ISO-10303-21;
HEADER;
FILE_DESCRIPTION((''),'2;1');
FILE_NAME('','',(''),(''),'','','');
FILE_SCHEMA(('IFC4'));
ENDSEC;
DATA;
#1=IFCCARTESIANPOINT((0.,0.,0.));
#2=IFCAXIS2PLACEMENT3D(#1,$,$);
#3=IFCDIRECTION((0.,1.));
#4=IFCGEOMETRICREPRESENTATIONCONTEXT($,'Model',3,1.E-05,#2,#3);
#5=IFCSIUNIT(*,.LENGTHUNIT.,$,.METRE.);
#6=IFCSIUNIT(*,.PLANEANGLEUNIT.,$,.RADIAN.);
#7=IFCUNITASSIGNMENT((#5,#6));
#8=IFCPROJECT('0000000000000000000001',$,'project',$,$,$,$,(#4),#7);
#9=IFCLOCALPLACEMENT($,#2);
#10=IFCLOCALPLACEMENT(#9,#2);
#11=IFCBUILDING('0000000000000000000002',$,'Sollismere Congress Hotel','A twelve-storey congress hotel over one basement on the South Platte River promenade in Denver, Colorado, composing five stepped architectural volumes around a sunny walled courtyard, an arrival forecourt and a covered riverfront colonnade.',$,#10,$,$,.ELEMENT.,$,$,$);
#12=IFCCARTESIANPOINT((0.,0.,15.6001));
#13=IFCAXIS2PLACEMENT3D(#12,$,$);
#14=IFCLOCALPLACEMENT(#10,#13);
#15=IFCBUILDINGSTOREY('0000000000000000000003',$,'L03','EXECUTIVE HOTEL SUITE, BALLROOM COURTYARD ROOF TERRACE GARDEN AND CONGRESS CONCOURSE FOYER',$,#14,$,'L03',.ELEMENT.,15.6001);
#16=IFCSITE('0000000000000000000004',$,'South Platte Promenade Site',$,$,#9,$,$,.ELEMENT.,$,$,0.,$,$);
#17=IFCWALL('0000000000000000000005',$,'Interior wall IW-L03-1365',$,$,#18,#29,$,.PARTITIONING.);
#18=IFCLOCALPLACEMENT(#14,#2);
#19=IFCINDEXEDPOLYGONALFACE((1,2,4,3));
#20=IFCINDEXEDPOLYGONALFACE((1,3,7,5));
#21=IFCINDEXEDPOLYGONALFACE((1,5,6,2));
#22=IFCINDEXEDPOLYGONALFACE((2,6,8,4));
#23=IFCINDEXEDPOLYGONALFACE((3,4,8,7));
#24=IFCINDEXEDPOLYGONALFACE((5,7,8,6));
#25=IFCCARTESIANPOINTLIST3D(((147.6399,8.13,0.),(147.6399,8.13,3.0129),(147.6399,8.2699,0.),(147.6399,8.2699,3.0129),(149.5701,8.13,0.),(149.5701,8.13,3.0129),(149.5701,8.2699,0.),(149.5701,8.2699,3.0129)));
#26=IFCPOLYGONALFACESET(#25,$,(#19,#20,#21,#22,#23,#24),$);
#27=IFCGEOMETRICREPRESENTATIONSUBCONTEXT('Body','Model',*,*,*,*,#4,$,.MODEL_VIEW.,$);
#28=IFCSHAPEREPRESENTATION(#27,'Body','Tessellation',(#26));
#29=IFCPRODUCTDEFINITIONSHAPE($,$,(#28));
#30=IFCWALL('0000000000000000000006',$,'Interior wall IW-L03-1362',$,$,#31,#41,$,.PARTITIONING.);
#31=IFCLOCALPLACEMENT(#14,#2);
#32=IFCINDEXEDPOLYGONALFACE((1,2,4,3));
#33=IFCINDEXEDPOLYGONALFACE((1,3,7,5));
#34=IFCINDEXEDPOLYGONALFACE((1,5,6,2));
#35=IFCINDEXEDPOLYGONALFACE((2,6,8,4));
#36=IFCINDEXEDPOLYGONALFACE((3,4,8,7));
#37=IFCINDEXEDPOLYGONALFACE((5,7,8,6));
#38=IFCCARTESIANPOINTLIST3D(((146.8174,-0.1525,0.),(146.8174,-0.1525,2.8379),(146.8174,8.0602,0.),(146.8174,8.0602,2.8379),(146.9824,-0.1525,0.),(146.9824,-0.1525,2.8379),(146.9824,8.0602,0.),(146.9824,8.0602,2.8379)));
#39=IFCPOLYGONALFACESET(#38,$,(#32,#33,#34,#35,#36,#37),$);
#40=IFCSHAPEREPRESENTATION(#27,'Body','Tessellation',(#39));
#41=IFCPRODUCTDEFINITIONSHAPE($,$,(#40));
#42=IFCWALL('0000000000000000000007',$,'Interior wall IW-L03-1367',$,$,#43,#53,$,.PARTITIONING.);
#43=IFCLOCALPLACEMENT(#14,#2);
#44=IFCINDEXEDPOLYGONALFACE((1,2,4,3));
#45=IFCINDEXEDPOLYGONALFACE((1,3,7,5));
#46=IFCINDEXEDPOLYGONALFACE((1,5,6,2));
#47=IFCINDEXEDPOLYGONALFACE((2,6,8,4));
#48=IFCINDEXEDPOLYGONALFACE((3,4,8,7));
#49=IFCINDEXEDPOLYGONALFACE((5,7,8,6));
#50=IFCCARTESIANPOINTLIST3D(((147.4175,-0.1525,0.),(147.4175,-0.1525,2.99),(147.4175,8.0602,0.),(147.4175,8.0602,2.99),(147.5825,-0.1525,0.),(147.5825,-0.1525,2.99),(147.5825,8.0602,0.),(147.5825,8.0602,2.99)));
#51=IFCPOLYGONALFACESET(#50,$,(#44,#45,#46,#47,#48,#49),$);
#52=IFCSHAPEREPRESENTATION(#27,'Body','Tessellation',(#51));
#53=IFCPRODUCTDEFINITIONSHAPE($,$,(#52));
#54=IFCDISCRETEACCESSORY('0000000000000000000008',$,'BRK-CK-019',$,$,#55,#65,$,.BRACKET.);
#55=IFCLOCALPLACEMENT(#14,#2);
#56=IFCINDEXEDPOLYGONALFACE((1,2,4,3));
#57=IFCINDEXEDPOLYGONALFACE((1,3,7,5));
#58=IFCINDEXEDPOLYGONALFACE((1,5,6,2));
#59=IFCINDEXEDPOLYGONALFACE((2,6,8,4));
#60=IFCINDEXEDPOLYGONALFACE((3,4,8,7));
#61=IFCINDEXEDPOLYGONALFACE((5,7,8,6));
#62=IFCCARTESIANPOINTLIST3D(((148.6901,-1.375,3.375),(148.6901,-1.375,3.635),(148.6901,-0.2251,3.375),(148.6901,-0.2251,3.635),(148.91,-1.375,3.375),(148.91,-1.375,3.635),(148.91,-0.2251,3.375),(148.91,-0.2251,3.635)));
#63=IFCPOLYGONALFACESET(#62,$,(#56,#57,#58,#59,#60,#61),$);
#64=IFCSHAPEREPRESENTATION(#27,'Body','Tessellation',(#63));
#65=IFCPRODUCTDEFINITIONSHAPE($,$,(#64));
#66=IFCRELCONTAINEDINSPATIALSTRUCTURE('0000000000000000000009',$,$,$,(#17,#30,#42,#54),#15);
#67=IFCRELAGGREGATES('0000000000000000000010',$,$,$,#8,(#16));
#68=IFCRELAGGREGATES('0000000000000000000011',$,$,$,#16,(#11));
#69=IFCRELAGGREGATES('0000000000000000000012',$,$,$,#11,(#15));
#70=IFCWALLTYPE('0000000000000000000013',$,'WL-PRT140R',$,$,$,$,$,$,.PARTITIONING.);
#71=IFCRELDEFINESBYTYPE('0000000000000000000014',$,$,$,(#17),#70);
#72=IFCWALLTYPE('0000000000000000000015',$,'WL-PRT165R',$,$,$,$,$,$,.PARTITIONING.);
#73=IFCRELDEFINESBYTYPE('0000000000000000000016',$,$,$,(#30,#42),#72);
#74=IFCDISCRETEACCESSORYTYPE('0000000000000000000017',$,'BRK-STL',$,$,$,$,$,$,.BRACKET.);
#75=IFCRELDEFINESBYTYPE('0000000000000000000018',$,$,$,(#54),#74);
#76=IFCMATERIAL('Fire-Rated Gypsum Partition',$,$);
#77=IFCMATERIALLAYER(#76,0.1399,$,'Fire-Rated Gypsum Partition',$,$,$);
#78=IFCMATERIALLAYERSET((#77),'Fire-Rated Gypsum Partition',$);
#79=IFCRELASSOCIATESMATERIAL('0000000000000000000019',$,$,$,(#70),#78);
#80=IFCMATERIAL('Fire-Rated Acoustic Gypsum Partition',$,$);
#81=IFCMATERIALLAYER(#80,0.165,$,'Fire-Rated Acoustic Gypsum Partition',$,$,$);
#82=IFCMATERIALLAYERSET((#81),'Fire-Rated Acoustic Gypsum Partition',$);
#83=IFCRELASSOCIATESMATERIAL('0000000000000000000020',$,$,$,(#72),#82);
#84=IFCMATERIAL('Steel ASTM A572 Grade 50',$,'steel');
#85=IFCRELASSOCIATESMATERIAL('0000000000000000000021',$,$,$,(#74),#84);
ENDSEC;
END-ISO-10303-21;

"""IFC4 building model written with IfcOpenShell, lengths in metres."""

from ifc_helpers import new_model, si_unit, direction, frame, frame_2d, origin, origin_2d, place, context, subcontext, project, spatial, rectangle, extrude, material, layer, layer_set, type_object, element, save


model = new_model("IFC4")

# Units and contexts
model_context = context("Model", 3, precision=1e-05, world=origin(), true_north=direction((0.0, 1.0)))
body_context = subcontext(model_context, "Body", "Model", "MODEL_VIEW")
ifc_project = project(units=[si_unit("LENGTHUNIT", "METRE"), si_unit("PLANEANGLEUNIT", "RADIAN")], contexts=[model_context])

# Site, building, storey
site_placement = place(None, origin())
site = spatial("IfcSite", under=ifc_project, at=site_placement, Name="South Platte Promenade Site", CompositionType="ELEMENT", RefElevation=0.0)
building_placement = place(site_placement, origin())
building = spatial("IfcBuilding", under=site, at=building_placement, Name="Sollismere Congress Hotel", Description="A twelve-storey congress hotel over one basement on the South Platte River promenade in Denver, Colorado, composing five stepped architectural volumes around a sunny walled courtyard, an arrival forecourt and a covered riverfront colonnade.", CompositionType="ELEMENT")
storey_placement = place(building_placement, frame((0.0, 0.0, 15.6001)))
storey = spatial("IfcBuildingStorey", under=building, at=storey_placement, Name="L03", Description="EXECUTIVE HOTEL SUITE, BALLROOM COURTYARD ROOF TERRACE GARDEN AND CONGRESS CONCOURSE FOYER", LongName="L03", CompositionType="ELEMENT", Elevation=15.6001)

# Walls
ifc_material_1 = material(Name="Fire-Rated Gypsum Partition")
ifc_layer_1 = layer(ifc_material_1, 0.1399, Name="Fire-Rated Gypsum Partition")
ifc_layer_set_1 = layer_set([ifc_layer_1], Name="Fire-Rated Gypsum Partition")
wall_type_1 = type_object("IfcWallType", Name="WL-PRT140R", PredefinedType="PARTITIONING", material=ifc_layer_set_1)
wall_1_placement = place(storey_placement, frame((147.6399, 8.2, 0.0), z_axis=(0.0, 0.0, 1.0), x_axis=(1.0, 0.0, 0.0)))
element("IfcWall", 1, at=wall_1_placement, inside=storey, type_object=wall_type_1, Name="Interior wall IW-L03-1365", PredefinedType="PARTITIONING", context=body_context, shape_type="SweptSolid", body=[
    extrude(rectangle(XDim=1.9302, YDim=0.1399, at=frame_2d((0.9651, 0.0))), origin(), (0.0, 0.0, 1.0), 3.0129),
])
ifc_material_2 = material(Name="Fire-Rated Acoustic Gypsum Partition")
ifc_layer_2 = layer(ifc_material_2, 0.165, Name="Fire-Rated Acoustic Gypsum Partition")
ifc_layer_set_2 = layer_set([ifc_layer_2], Name="Fire-Rated Acoustic Gypsum Partition")
wall_type_2 = type_object("IfcWallType", Name="WL-PRT165R", PredefinedType="PARTITIONING", material=ifc_layer_set_2)
wall_2_placement = place(storey_placement, frame((146.8999, -0.1526, 0.0), z_axis=(0.0, 0.0, 1.0), x_axis=(0.0, 1.0, 0.0)))
element("IfcWall", 2, at=wall_2_placement, inside=storey, type_object=wall_type_2, Name="Interior wall IW-L03-1362", PredefinedType="PARTITIONING", context=body_context, shape_type="SweptSolid", body=[
    extrude(rectangle(XDim=8.2126, YDim=0.165, at=frame_2d((4.1064, 0.0))), origin(), (0.0, 0.0, 1.0), 2.8379),
])
wall_3_placement = place(storey_placement, frame((147.5, -0.1526, 0.0), z_axis=(0.0, 0.0, 1.0), x_axis=(0.0, 1.0, 0.0)))
element("IfcWall", 3, at=wall_3_placement, inside=storey, type_object=wall_type_2, Name="Interior wall IW-L03-1367", PredefinedType="PARTITIONING", context=body_context, shape_type="SweptSolid", body=[
    extrude(rectangle(XDim=8.2126, YDim=0.165, at=frame_2d((4.1064, 0.0))), origin(), (0.0, 0.0, 1.0), 2.99),
])

# Discrete accessory
ifc_material_3 = material(Name="Steel ASTM A572 Grade 50", Category="steel")
discrete_accessory_type = type_object("IfcDiscreteAccessoryType", Name="BRK-STL", PredefinedType="BRACKET", material=ifc_material_3)
discrete_accessory_placement = place(storey_placement, frame((148.8, -0.8, 3.375), z_axis=(0.0, 0.0, 1.0), x_axis=(1.0, 0.0, 0.0)))
element("IfcDiscreteAccessory", 4, at=discrete_accessory_placement, inside=storey, type_object=discrete_accessory_type, Name="BRK-CK-019", PredefinedType="BRACKET", context=body_context, shape_type="SweptSolid", body=[
    extrude(rectangle(XDim=0.22, YDim=1.1499, at=origin_2d()), origin(), (0.0, 0.0, 1.0), 0.26),
])

save(model, "model.ifc")
